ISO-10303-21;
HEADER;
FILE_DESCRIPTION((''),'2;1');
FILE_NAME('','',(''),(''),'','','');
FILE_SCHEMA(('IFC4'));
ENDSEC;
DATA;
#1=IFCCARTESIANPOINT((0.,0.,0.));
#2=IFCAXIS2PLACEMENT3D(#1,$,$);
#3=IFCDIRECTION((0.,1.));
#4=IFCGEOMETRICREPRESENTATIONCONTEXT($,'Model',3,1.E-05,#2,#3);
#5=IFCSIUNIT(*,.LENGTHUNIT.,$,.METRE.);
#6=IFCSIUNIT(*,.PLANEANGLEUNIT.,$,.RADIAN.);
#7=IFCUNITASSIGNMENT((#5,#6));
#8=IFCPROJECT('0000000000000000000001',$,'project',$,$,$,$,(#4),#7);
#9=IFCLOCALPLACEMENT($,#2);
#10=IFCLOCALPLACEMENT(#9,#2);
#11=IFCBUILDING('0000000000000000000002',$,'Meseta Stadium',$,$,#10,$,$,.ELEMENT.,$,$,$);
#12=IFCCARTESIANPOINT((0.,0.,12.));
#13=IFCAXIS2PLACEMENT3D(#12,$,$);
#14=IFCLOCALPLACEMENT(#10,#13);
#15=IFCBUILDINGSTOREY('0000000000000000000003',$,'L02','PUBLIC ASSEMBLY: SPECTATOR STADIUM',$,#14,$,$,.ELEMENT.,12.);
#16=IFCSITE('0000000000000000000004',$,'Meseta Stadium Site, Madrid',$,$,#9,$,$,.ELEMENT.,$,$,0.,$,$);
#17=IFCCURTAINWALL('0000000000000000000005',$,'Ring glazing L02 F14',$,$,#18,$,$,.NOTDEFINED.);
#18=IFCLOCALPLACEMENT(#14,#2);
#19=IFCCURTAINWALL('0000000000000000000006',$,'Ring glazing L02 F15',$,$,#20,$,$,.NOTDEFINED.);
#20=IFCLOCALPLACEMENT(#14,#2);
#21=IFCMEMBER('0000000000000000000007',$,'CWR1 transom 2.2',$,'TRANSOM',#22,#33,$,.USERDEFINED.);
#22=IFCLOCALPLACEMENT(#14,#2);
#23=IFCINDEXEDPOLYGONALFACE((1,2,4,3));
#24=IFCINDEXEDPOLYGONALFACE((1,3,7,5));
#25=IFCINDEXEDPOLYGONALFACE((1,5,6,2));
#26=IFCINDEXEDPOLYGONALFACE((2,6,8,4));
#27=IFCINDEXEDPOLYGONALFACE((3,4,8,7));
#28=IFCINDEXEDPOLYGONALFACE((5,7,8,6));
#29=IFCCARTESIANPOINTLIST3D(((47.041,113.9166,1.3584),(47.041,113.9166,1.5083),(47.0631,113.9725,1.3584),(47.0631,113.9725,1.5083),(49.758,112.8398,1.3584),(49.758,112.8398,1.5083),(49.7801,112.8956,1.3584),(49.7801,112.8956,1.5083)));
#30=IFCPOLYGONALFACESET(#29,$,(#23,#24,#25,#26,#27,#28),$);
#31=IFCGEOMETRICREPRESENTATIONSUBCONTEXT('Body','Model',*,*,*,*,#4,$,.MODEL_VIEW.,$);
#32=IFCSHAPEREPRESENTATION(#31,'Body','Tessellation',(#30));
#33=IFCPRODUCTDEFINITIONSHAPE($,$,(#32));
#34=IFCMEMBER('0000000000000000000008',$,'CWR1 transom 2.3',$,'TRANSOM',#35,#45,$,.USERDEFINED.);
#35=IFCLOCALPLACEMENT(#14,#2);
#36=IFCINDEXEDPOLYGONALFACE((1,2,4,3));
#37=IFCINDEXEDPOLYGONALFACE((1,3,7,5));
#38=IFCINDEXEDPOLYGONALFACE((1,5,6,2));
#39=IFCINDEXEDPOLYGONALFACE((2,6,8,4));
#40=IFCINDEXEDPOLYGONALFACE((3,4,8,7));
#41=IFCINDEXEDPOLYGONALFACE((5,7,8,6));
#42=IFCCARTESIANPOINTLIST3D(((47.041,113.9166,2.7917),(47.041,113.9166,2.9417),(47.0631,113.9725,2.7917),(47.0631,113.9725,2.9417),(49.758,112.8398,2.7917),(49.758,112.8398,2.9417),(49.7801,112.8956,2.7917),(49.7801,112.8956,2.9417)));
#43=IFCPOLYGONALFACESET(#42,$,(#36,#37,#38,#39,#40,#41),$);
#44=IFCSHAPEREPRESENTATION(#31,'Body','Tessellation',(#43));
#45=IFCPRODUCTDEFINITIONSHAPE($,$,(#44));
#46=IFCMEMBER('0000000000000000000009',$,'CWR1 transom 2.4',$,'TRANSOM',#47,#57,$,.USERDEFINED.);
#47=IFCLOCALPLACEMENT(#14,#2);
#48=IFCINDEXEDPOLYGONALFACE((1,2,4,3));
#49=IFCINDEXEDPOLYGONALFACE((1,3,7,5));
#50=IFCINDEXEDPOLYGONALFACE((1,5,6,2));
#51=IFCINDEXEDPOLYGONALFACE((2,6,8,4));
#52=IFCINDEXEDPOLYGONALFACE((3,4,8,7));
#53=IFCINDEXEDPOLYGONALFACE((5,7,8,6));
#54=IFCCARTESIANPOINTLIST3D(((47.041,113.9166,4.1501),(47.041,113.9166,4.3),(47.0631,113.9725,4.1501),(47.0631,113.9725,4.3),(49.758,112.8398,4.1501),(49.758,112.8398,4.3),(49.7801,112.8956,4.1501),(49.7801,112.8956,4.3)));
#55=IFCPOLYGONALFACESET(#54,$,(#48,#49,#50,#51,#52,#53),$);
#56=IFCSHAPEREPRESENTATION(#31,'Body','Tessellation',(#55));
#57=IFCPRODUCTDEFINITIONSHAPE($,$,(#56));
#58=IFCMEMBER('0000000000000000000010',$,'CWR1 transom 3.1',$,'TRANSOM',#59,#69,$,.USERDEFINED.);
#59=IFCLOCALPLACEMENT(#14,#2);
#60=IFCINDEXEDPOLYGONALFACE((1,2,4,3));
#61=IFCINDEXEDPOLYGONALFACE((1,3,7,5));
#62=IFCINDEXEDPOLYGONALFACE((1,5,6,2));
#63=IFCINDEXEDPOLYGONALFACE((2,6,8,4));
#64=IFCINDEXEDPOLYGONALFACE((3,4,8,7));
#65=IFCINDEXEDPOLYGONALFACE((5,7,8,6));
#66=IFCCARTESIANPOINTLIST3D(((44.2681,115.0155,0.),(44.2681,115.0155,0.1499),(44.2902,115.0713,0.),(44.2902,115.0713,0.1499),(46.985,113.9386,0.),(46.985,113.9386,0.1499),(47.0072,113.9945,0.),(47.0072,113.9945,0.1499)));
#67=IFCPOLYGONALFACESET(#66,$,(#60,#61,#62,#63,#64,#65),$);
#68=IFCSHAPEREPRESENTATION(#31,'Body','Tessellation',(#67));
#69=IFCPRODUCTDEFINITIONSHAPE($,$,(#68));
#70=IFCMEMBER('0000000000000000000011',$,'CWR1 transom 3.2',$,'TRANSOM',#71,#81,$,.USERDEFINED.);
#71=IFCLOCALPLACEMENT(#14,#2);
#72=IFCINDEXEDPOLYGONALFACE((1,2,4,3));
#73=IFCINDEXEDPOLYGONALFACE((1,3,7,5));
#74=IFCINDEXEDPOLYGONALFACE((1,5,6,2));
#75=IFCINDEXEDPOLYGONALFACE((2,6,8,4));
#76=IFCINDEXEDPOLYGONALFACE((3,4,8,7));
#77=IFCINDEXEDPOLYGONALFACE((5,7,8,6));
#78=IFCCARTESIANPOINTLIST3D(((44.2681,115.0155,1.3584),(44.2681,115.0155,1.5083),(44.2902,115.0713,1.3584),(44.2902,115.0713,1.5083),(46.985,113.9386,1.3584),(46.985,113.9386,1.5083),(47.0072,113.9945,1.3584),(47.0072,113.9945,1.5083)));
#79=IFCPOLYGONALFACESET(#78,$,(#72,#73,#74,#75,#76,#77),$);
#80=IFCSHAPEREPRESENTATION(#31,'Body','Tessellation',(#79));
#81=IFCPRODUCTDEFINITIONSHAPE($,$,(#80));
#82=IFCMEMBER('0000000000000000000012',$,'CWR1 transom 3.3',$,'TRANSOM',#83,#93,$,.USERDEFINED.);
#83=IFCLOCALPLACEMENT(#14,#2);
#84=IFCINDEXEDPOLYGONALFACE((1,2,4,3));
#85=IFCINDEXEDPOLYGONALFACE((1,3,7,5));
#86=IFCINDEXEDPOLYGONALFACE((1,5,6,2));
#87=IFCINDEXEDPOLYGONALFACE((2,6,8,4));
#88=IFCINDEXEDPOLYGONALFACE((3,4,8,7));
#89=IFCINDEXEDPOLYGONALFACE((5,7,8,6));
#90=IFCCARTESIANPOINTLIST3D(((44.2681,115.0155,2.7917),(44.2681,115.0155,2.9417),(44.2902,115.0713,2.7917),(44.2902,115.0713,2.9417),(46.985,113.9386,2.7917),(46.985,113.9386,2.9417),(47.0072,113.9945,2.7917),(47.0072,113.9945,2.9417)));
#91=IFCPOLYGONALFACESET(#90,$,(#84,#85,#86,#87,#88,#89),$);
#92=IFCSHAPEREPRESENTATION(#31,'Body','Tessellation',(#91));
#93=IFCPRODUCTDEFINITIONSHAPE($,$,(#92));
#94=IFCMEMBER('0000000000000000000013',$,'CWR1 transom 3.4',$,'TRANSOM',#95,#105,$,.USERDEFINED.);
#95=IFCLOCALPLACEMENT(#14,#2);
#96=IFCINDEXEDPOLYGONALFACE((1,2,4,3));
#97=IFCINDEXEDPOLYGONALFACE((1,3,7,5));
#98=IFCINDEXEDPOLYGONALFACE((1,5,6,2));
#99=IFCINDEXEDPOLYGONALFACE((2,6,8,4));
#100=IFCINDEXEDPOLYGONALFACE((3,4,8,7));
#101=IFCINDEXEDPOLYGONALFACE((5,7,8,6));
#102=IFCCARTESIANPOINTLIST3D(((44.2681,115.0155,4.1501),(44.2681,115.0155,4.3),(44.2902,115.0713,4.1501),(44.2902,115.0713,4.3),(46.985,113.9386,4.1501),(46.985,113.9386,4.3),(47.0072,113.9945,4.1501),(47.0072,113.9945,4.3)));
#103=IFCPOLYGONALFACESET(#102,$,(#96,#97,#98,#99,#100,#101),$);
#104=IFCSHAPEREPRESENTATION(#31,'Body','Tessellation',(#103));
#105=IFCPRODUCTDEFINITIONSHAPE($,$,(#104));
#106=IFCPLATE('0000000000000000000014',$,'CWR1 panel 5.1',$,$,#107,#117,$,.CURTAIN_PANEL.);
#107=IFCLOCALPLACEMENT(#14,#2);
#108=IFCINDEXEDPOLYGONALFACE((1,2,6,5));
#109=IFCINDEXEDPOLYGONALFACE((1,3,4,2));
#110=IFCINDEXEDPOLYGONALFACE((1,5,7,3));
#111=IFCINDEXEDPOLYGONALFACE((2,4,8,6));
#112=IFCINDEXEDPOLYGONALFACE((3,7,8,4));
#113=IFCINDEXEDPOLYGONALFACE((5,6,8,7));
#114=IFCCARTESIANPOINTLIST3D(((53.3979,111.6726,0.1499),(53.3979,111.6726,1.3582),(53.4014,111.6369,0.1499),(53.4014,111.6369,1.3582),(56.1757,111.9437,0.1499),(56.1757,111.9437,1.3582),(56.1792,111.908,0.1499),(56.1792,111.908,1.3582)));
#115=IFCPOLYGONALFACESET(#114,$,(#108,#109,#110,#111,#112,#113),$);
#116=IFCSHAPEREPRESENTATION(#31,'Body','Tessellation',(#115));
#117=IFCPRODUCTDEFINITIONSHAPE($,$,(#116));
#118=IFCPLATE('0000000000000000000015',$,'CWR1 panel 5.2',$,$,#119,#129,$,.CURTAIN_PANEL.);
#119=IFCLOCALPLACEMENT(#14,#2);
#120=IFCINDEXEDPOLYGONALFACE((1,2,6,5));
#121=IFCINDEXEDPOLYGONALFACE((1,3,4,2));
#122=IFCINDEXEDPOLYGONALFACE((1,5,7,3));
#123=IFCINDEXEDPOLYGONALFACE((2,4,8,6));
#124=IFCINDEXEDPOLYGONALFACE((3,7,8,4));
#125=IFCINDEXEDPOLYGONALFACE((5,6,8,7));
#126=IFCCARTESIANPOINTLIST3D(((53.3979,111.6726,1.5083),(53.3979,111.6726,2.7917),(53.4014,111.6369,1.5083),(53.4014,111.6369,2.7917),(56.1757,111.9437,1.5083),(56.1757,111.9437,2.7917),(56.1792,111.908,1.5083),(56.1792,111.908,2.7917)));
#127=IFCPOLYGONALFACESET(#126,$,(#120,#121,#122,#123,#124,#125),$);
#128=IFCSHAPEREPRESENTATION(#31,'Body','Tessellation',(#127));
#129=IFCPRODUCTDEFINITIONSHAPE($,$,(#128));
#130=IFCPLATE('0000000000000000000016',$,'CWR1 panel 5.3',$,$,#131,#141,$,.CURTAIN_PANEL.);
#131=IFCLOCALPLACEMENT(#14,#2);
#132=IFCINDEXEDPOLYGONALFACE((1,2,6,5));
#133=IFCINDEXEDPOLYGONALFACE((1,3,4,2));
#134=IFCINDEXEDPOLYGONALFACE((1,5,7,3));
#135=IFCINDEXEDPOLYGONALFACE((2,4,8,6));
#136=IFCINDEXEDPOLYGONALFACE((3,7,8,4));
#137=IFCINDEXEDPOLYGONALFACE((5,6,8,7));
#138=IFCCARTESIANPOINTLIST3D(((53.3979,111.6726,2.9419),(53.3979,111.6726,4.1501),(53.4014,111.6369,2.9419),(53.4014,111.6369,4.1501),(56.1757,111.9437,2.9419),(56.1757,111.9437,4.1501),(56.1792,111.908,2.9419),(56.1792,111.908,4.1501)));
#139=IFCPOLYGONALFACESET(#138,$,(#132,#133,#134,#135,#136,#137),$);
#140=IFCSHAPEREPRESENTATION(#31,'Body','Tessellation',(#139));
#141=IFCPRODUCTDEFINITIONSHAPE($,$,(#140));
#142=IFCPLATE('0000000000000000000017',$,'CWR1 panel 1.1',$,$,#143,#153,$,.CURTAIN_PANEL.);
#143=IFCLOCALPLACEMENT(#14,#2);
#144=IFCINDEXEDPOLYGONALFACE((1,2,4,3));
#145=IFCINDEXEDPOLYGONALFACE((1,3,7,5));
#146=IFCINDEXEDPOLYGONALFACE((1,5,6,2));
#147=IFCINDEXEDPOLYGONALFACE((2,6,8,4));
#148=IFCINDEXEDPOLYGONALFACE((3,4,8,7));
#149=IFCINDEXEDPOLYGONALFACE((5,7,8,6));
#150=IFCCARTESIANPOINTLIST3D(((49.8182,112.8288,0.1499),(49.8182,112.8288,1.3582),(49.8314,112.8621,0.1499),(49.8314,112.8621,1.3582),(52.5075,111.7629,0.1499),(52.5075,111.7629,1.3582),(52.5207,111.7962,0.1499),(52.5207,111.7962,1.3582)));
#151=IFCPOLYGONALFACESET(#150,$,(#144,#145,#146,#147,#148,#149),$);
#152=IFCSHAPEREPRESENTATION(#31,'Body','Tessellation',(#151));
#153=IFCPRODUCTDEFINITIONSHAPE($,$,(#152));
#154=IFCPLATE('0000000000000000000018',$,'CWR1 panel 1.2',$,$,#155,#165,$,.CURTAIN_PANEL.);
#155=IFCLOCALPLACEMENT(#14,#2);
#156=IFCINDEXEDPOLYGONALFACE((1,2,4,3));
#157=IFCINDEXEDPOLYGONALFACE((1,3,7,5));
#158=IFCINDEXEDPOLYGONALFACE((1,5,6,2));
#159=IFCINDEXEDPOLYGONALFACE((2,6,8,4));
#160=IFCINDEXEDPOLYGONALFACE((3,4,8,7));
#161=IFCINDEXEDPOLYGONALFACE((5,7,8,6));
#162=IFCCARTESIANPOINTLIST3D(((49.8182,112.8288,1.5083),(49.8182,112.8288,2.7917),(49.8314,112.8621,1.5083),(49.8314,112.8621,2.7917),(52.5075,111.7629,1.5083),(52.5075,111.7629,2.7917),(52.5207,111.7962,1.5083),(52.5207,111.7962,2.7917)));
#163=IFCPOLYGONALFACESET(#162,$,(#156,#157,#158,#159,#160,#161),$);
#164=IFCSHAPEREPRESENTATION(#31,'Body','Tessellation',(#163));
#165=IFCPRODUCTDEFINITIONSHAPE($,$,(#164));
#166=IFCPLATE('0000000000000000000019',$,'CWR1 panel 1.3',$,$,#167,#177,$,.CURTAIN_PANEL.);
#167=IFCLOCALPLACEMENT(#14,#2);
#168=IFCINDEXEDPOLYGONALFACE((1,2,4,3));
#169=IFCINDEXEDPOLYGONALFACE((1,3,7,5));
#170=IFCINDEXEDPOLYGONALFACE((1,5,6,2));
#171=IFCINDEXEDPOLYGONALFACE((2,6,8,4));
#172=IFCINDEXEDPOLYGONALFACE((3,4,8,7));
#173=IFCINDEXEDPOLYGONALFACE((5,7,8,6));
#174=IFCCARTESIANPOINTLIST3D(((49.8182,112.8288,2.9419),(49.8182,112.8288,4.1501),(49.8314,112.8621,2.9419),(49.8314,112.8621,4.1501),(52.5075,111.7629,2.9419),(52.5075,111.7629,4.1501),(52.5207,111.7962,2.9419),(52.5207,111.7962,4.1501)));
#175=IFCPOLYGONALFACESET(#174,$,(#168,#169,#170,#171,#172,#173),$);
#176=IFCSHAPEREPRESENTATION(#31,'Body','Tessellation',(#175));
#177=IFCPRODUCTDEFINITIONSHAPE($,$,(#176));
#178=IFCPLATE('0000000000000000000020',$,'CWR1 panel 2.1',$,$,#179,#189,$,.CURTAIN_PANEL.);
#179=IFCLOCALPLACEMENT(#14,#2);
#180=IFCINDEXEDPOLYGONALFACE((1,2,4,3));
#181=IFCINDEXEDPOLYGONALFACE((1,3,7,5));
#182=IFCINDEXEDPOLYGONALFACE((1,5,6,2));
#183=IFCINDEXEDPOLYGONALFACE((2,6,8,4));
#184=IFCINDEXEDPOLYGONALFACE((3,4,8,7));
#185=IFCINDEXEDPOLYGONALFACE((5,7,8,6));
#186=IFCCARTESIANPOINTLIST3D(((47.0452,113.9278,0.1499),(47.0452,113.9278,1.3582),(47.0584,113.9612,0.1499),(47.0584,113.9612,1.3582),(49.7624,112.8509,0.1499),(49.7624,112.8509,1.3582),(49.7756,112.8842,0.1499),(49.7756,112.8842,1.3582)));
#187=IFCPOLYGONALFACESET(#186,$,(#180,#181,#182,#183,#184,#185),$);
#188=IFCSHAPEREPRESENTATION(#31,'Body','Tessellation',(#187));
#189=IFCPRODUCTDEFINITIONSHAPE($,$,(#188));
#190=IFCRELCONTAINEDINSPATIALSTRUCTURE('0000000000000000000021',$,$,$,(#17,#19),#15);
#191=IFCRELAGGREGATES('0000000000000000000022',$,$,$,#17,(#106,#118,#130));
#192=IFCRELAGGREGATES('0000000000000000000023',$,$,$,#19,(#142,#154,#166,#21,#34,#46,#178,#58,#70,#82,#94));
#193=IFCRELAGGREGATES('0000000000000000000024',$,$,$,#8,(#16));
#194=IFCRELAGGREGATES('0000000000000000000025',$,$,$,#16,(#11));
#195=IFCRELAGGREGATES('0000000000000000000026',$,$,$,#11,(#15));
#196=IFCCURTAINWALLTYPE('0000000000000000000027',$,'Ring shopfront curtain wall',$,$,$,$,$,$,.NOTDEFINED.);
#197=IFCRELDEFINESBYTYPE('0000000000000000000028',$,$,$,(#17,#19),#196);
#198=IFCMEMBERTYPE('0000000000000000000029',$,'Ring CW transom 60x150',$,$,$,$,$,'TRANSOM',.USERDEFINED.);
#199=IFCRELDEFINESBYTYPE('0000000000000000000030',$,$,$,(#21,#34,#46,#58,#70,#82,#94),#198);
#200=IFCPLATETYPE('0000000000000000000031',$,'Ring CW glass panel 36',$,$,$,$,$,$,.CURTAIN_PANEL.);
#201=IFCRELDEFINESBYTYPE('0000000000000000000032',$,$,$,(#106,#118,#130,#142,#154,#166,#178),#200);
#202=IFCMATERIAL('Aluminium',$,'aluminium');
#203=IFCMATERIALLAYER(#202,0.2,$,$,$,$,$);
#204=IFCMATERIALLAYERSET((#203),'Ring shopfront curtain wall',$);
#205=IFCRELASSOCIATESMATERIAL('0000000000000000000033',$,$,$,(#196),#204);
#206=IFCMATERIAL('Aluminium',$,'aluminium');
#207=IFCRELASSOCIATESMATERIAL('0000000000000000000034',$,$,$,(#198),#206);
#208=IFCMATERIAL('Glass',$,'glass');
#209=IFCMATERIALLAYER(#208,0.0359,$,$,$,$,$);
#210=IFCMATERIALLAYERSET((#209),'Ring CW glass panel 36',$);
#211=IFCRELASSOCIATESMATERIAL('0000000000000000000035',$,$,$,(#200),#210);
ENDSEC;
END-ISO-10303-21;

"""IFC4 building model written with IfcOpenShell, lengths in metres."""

from ifc_helpers import new_model, si_unit, direction, frame, origin, origin_2d, place, context, subcontext, project, spatial, rectangle, extrude, material, layer, layer_set, material_profile, profile_set, type_object, element, aggregate, save


model = new_model("IFC4")

# Units and contexts
model_context = context("Model", 3, precision=1e-05, world=origin(), true_north=direction((0.0, 1.0)))
body_context = subcontext(model_context, "Body", "Model", "MODEL_VIEW")
ifc_project = project(units=[si_unit("LENGTHUNIT", "METRE"), si_unit("PLANEANGLEUNIT", "RADIAN")], contexts=[model_context])

# Site, building, storey
site_placement = place(None, origin())
site = spatial("IfcSite", under=ifc_project, at=site_placement, Name="Meseta Stadium Site, Madrid", CompositionType="ELEMENT", RefElevation=0.0)
building_placement = place(site_placement, origin())
building = spatial("IfcBuilding", under=site, at=building_placement, Name="Meseta Stadium", CompositionType="ELEMENT")
storey_placement = place(building_placement, frame((0.0, 0.0, 12.0)))
storey = spatial("IfcBuildingStorey", under=building, at=storey_placement, Name="L02", Description="PUBLIC ASSEMBLY: SPECTATOR STADIUM", CompositionType="ELEMENT", Elevation=12.0)

# Curtain walls
ifc_material_1 = material(Name="Aluminium", Category="aluminium")
ifc_layer_1 = layer(ifc_material_1, 0.2)
ifc_layer_set_1 = layer_set([ifc_layer_1], Name="Ring shopfront curtain wall")
curtain_wall_type = type_object("IfcCurtainWallType", Name="Ring shopfront curtain wall", PredefinedType="NOTDEFINED", material=ifc_layer_set_1)
curtain_wall_1_placement = place(storey_placement, origin())
curtain_wall_1 = element("IfcCurtainWall", 1, at=curtain_wall_1_placement, inside=storey, type_object=curtain_wall_type, Name="Ring glazing L02 F14", PredefinedType="NOTDEFINED")
curtain_wall_2_placement = place(storey_placement, origin())
curtain_wall_2 = element("IfcCurtainWall", 2, at=curtain_wall_2_placement, inside=storey, type_object=curtain_wall_type, Name="Ring glazing L02 F15", PredefinedType="NOTDEFINED")

# Members
ifc_material_2 = material(Name="Aluminium", Category="aluminium")
ifc_material_profile_1 = material_profile(ifc_material_2, rectangle(XDim=0.0601, YDim=0.1499, at=origin_2d()), Name="CW 60x150")
ifc_profile_set_1 = profile_set([ifc_material_profile_1], Name="Aluminium")
member_type_1 = type_object("IfcMemberType", Name="Ring CW transom 60x150", ElementType="TRANSOM", PredefinedType="USERDEFINED", material=ifc_profile_set_1)
member_1_placement = place(storey_placement, frame((49.769, 112.8677, 1.4333), z_axis=(-0.929642, 0.368465, 0.0), x_axis=(-0.368465, -0.929642, 0.0)))
member_1 = element("IfcMember", 3, at=member_1_placement, type_object=member_type_1, Name="CWR1 transom 2.2", ObjectType="TRANSOM", PredefinedType="USERDEFINED", context=body_context, shape_type="SweptSolid", body=[
    extrude(rectangle(XDim=0.0601, YDim=0.1499, at=origin_2d()), origin(), (0.0, 0.0, 1.0), 2.9226),
])
member_2_placement = place(storey_placement, frame((49.769, 112.8677, 2.8667), z_axis=(-0.929642, 0.368465, 0.0), x_axis=(-0.368465, -0.929642, 0.0)))
member_2 = element("IfcMember", 4, at=member_2_placement, type_object=member_type_1, Name="CWR1 transom 2.3", ObjectType="TRANSOM", PredefinedType="USERDEFINED", context=body_context, shape_type="SweptSolid", body=[
    extrude(rectangle(XDim=0.0601, YDim=0.1499, at=origin_2d()), origin(), (0.0, 0.0, 1.0), 2.9226),
])
member_3_placement = place(storey_placement, frame((49.769, 112.8677, 4.2251), z_axis=(-0.929642, 0.368465, 0.0), x_axis=(-0.368465, -0.929642, 0.0)))
member_3 = element("IfcMember", 5, at=member_3_placement, type_object=member_type_1, Name="CWR1 transom 2.4", ObjectType="TRANSOM", PredefinedType="USERDEFINED", context=body_context, shape_type="SweptSolid", body=[
    extrude(rectangle(XDim=0.0601, YDim=0.1499, at=origin_2d()), origin(), (0.0, 0.0, 1.0), 2.9226),
])
member_4_placement = place(storey_placement, frame((46.9961, 113.9666, 0.075), z_axis=(-0.929642, 0.368465, 0.0), x_axis=(-0.368465, -0.929642, 0.0)))
member_4 = element("IfcMember", 6, at=member_4_placement, type_object=member_type_1, Name="CWR1 transom 3.1", ObjectType="TRANSOM", PredefinedType="USERDEFINED", context=body_context, shape_type="SweptSolid", body=[
    extrude(rectangle(XDim=0.0601, YDim=0.1499, at=origin_2d()), origin(), (0.0, 0.0, 1.0), 2.9226),
])
member_5_placement = place(storey_placement, frame((46.9961, 113.9666, 1.4333), z_axis=(-0.929642, 0.368465, 0.0), x_axis=(-0.368465, -0.929642, 0.0)))
member_5 = element("IfcMember", 7, at=member_5_placement, type_object=member_type_1, Name="CWR1 transom 3.2", ObjectType="TRANSOM", PredefinedType="USERDEFINED", context=body_context, shape_type="SweptSolid", body=[
    extrude(rectangle(XDim=0.0601, YDim=0.1499, at=origin_2d()), origin(), (0.0, 0.0, 1.0), 2.9226),
])
member_6_placement = place(storey_placement, frame((46.9961, 113.9666, 2.8667), z_axis=(-0.929642, 0.368465, 0.0), x_axis=(-0.368465, -0.929642, 0.0)))
member_6 = element("IfcMember", 8, at=member_6_placement, type_object=member_type_1, Name="CWR1 transom 3.3", ObjectType="TRANSOM", PredefinedType="USERDEFINED", context=body_context, shape_type="SweptSolid", body=[
    extrude(rectangle(XDim=0.0601, YDim=0.1499, at=origin_2d()), origin(), (0.0, 0.0, 1.0), 2.9226),
])
member_7_placement = place(storey_placement, frame((46.9961, 113.9666, 4.2251), z_axis=(-0.929642, 0.368465, 0.0), x_axis=(-0.368465, -0.929642, 0.0)))
member_7 = element("IfcMember", 9, at=member_7_placement, type_object=member_type_1, Name="CWR1 transom 3.4", ObjectType="TRANSOM", PredefinedType="USERDEFINED", context=body_context, shape_type="SweptSolid", body=[
    extrude(rectangle(XDim=0.0601, YDim=0.1499, at=origin_2d()), origin(), (0.0, 0.0, 1.0), 2.9226),
])

# Plates
ifc_material_3 = material(Name="Glass", Category="glass")
ifc_layer_2 = layer(ifc_material_3, 0.0359)
ifc_layer_set_2 = layer_set([ifc_layer_2], Name="Ring CW glass panel 36")
plate_type = type_object("IfcPlateType", Name="Ring CW glass panel 36", PredefinedType="CURTAIN_PANEL", material=ifc_layer_set_2)
plate_1_placement = place(storey_placement, frame((54.7886, 111.7903, 0.1499), z_axis=(0.0, 0.0, 1.0), x_axis=(-0.995272, -0.097125, 0.0)))
plate_1 = element("IfcPlate", 10, at=plate_1_placement, type_object=plate_type, Name="CWR1 panel 5.1", PredefinedType="CURTAIN_PANEL", context=body_context, shape_type="SweptSolid", body=[
    extrude(rectangle(XDim=2.791, YDim=0.0359, at=origin_2d()), origin(), (0.0, 0.0, 1.0), 1.2083),
])
plate_2_placement = place(storey_placement, frame((54.7886, 111.7903, 1.5083), z_axis=(0.0, 0.0, 1.0), x_axis=(-0.995272, -0.097125, 0.0)))
plate_2 = element("IfcPlate", 11, at=plate_2_placement, type_object=plate_type, Name="CWR1 panel 5.2", PredefinedType="CURTAIN_PANEL", context=body_context, shape_type="SweptSolid", body=[
    extrude(rectangle(XDim=2.791, YDim=0.0359, at=origin_2d()), origin(), (0.0, 0.0, 1.0), 1.2834),
])
plate_3_placement = place(storey_placement, frame((54.7886, 111.7903, 2.9419), z_axis=(0.0, 0.0, 1.0), x_axis=(-0.995272, -0.097125, 0.0)))
plate_3 = element("IfcPlate", 12, at=plate_3_placement, type_object=plate_type, Name="CWR1 panel 5.3", PredefinedType="CURTAIN_PANEL", context=body_context, shape_type="SweptSolid", body=[
    extrude(rectangle(XDim=2.791, YDim=0.0359, at=origin_2d()), origin(), (0.0, 0.0, 1.0), 1.2083),
])
aggregate(curtain_wall_1, [plate_1, plate_2, plate_3])
plate_4_placement = place(storey_placement, frame((51.1694, 112.3125, 0.1499), z_axis=(0.0, 0.0, 1.0), x_axis=(-0.929646, 0.368454, 0.0)))
plate_4 = element("IfcPlate", 13, at=plate_4_placement, type_object=plate_type, Name="CWR1 panel 1.1", PredefinedType="CURTAIN_PANEL", context=body_context, shape_type="SweptSolid", body=[
    extrude(rectangle(XDim=2.8928, YDim=0.0359, at=origin_2d()), origin(), (0.0, 0.0, 1.0), 1.2083),
])
plate_5_placement = place(storey_placement, frame((51.1694, 112.3125, 1.5083), z_axis=(0.0, 0.0, 1.0), x_axis=(-0.929646, 0.368454, 0.0)))
plate_5 = element("IfcPlate", 14, at=plate_5_placement, type_object=plate_type, Name="CWR1 panel 1.2", PredefinedType="CURTAIN_PANEL", context=body_context, shape_type="SweptSolid", body=[
    extrude(rectangle(XDim=2.8928, YDim=0.0359, at=origin_2d()), origin(), (0.0, 0.0, 1.0), 1.2834),
])
plate_6_placement = place(storey_placement, frame((51.1694, 112.3125, 2.9419), z_axis=(0.0, 0.0, 1.0), x_axis=(-0.929646, 0.368454, 0.0)))
plate_6 = element("IfcPlate", 15, at=plate_6_placement, type_object=plate_type, Name="CWR1 panel 1.3", PredefinedType="CURTAIN_PANEL", context=body_context, shape_type="SweptSolid", body=[
    extrude(rectangle(XDim=2.8928, YDim=0.0359, at=origin_2d()), origin(), (0.0, 0.0, 1.0), 1.2083),
])
plate_7_placement = place(storey_placement, frame((48.4104, 113.406, 0.1499), z_axis=(0.0, 0.0, 1.0), x_axis=(-0.929646, 0.368454, 0.0)))
plate_7 = element("IfcPlate", 16, at=plate_7_placement, type_object=plate_type, Name="CWR1 panel 2.1", PredefinedType="CURTAIN_PANEL", context=body_context, shape_type="SweptSolid", body=[
    extrude(rectangle(XDim=2.9229, YDim=0.0359, at=origin_2d()), origin(), (0.0, 0.0, 1.0), 1.2083),
])
aggregate(curtain_wall_2, [plate_4, plate_5, plate_6, member_1, member_2, member_3, plate_7, member_4, member_5, member_6, member_7])

save(model, "model.ifc")
